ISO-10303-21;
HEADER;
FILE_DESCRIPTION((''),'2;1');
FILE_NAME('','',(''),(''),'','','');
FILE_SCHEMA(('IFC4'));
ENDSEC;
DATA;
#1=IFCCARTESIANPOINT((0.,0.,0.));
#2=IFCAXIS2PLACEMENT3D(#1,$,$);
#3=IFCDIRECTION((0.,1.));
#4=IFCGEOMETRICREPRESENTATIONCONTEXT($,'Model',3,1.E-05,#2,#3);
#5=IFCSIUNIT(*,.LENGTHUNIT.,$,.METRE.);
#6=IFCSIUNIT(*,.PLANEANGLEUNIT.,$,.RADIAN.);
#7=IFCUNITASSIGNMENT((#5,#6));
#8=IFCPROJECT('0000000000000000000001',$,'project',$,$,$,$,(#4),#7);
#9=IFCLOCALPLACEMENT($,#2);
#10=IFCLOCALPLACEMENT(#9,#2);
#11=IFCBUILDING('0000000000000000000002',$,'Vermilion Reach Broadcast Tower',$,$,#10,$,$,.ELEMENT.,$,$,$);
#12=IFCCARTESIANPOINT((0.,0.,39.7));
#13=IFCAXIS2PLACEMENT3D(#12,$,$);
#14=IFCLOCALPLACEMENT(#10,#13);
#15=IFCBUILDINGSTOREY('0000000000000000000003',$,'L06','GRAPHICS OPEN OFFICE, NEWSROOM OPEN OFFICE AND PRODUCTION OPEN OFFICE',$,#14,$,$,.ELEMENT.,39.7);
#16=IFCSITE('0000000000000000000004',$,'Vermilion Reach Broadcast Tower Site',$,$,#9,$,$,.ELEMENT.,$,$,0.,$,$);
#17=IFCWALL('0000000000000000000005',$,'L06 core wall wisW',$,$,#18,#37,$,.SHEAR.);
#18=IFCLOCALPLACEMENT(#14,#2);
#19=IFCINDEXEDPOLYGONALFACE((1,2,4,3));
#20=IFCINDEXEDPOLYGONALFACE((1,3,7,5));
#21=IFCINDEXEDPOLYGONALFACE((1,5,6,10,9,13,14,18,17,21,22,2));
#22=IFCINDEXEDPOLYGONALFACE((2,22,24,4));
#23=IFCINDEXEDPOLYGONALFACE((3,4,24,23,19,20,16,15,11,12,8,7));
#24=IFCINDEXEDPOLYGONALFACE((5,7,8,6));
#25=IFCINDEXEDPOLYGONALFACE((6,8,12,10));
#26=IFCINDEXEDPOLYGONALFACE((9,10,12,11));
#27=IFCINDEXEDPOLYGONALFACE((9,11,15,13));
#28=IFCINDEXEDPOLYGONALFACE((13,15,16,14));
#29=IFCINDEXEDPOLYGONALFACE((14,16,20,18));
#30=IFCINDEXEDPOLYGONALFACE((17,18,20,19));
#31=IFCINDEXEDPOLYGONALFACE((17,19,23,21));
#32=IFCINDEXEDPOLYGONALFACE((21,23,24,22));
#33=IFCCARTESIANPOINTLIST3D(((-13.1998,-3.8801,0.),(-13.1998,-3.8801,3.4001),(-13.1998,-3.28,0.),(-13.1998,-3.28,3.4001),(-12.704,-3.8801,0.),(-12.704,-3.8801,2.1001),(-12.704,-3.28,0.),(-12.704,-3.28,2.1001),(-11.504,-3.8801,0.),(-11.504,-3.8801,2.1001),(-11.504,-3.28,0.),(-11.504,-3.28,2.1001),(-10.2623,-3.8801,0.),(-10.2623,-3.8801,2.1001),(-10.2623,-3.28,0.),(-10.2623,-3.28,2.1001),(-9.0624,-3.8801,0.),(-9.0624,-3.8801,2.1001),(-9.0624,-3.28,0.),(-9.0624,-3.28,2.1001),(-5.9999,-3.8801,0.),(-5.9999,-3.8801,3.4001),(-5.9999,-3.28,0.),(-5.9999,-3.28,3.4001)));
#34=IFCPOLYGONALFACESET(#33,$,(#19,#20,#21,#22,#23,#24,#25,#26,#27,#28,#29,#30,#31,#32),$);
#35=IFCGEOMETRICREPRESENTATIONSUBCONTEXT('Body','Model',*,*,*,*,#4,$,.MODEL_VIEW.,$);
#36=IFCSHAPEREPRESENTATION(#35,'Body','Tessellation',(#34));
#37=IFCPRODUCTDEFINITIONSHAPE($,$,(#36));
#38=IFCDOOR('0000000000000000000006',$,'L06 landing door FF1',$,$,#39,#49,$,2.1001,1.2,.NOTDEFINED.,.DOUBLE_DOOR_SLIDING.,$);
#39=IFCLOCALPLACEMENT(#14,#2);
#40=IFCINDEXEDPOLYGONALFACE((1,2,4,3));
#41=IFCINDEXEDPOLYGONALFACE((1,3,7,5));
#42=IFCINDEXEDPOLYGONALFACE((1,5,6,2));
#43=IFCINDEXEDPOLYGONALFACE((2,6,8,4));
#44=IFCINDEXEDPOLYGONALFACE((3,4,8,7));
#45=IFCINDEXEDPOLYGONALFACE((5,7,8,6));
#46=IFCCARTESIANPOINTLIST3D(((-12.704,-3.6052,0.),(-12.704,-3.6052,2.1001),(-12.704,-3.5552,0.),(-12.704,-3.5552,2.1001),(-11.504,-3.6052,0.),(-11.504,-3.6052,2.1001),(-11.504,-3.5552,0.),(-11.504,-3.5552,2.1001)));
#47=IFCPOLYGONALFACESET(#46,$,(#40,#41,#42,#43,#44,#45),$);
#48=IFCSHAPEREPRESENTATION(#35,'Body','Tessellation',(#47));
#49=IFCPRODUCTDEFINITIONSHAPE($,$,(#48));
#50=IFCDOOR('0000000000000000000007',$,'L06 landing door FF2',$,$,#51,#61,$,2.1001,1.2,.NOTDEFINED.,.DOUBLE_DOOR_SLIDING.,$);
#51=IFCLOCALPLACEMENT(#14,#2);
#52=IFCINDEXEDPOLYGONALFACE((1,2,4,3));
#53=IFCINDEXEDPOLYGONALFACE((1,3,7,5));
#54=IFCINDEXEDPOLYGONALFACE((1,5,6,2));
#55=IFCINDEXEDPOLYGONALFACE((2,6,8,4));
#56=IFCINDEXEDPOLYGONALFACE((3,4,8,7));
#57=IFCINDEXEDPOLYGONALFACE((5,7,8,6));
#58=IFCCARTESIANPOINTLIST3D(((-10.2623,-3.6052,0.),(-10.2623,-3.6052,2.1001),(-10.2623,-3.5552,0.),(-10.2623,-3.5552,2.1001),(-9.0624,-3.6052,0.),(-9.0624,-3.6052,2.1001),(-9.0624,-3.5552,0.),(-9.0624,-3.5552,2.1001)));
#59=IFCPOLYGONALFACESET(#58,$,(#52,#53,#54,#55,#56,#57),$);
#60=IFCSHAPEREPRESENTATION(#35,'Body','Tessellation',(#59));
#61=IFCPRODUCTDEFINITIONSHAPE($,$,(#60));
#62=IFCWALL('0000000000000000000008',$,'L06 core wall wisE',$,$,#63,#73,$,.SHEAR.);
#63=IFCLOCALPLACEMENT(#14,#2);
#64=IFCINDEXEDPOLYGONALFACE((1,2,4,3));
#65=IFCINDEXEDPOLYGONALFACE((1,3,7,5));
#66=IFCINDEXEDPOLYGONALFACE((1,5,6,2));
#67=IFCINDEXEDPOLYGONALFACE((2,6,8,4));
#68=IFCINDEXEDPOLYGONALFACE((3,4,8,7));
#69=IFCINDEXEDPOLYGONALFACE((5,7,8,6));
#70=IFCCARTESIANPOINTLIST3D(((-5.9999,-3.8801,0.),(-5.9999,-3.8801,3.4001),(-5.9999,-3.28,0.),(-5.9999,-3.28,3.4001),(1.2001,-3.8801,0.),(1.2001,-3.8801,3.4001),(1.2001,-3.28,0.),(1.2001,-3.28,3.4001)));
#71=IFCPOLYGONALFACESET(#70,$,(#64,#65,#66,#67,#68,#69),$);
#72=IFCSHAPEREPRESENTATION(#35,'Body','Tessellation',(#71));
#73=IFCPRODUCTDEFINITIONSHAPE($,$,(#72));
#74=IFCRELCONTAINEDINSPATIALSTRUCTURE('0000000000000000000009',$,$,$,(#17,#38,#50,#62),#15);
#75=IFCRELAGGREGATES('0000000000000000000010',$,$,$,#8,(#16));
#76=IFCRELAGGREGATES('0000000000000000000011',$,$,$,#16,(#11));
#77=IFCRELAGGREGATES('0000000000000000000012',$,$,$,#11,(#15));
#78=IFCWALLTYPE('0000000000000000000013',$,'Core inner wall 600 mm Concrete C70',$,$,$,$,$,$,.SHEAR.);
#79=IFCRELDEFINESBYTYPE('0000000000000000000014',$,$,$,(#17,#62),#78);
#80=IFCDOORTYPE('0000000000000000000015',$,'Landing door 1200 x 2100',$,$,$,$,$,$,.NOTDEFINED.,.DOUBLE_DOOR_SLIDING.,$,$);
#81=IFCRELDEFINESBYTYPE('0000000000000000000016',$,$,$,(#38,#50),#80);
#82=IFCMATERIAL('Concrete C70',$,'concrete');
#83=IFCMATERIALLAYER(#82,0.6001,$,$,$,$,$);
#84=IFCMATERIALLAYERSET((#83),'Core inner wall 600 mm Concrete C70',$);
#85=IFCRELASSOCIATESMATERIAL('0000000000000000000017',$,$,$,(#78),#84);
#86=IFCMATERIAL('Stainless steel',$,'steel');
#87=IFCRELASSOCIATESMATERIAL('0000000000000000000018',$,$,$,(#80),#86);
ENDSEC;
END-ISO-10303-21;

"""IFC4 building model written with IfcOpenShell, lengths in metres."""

from ifc_helpers import new_model, si_unit, direction, frame, frame_2d, origin, place, context, subcontext, project, spatial, rectangle, extrude, material, layer, layer_set, type_object, element, fill, save


model = new_model("IFC4")

# Units and contexts
model_context = context("Model", 3, precision=1e-05, world=origin(), true_north=direction((0.0, 1.0)))
body_context = subcontext(model_context, "Body", "Model", "MODEL_VIEW")
ifc_project = project(units=[si_unit("LENGTHUNIT", "METRE"), si_unit("PLANEANGLEUNIT", "RADIAN")], contexts=[model_context])

# Site, building, storey
site_placement = place(None, origin())
site = spatial("IfcSite", under=ifc_project, at=site_placement, Name="Vermilion Reach Broadcast Tower Site", CompositionType="ELEMENT", RefElevation=0.0)
building_placement = place(site_placement, origin())
building = spatial("IfcBuilding", under=site, at=building_placement, Name="Vermilion Reach Broadcast Tower", CompositionType="ELEMENT")
storey_placement = place(building_placement, frame((0.0, 0.0, 39.7)))
storey = spatial("IfcBuildingStorey", under=building, at=storey_placement, Name="L06", Description="GRAPHICS OPEN OFFICE, NEWSROOM OPEN OFFICE AND PRODUCTION OPEN OFFICE", CompositionType="ELEMENT", Elevation=39.7)

# Wall, openings, doors
ifc_material_1 = material(Name="Concrete C70", Category="concrete")
ifc_layer_1 = layer(ifc_material_1, 0.6001)
ifc_layer_set_1 = layer_set([ifc_layer_1], Name="Core inner wall 600 mm Concrete C70")
wall_type_1 = type_object("IfcWallType", Name="Core inner wall 600 mm Concrete C70", PredefinedType="SHEAR", material=ifc_layer_set_1)
wall_1_placement = place(storey_placement, frame((-13.2, -3.5801, 0.0), z_axis=(0.0, 0.0, 1.0), x_axis=(1.0, 0.0, 0.0)))
wall_1 = element("IfcWall", 1, at=wall_1_placement, inside=storey, type_object=wall_type_1, Name="L06 core wall wisW", PredefinedType="SHEAR", context=body_context, shape_type="SweptSolid", body=[
    extrude(rectangle(XDim=7.2, YDim=0.6001, at=frame_2d((3.6001, 0.0))), origin(), (0.0, 0.0, 1.0), 3.4001),
])
opening_1_placement = place(wall_1_placement, frame((0.4958, 0.0, 0.0)))
opening_1 = element("IfcOpeningElement", 2, at=opening_1_placement, cuts=wall_1, PredefinedType="OPENING", context=body_context, shape_type="SweptSolid", body=[
    extrude(rectangle(XDim=1.2, YDim=2.1001, at=frame_2d((0.6001, 1.05))), frame((0.0, 0.3101, 0.0), z_axis=(0.0, -1.0, 0.0), x_axis=(1.0, 0.0, 0.0)), (0.0, 0.0, 1.0), 0.6201),
])
opening_2_placement = place(wall_1_placement, frame((2.9375, 0.0, 0.0)))
opening_2 = element("IfcOpeningElement", 3, at=opening_2_placement, cuts=wall_1, PredefinedType="OPENING", context=body_context, shape_type="SweptSolid", body=[
    extrude(rectangle(XDim=1.2, YDim=2.1001, at=frame_2d((0.6001, 1.05))), frame((0.0, 0.3101, 0.0), z_axis=(0.0, -1.0, 0.0), x_axis=(1.0, 0.0, 0.0)), (0.0, 0.0, 1.0), 0.6201),
])
ifc_material_2 = material(Name="Stainless steel", Category="steel")
door_type_1 = type_object("IfcDoorType", Name="Landing door 1200 x 2100", OperationType="DOUBLE_DOOR_SLIDING", PredefinedType="NOTDEFINED", material=ifc_material_2)
door_1_placement = place(opening_1_placement, origin())
door_1 = element("IfcDoor", 4, at=door_1_placement, inside=storey, type_object=door_type_1, Name="L06 landing door FF1", OperationType="DOUBLE_DOOR_SLIDING", OverallHeight=2.1001, OverallWidth=1.2, PredefinedType="NOTDEFINED", context=body_context, shape_type="SweptSolid", body=[
    extrude(rectangle(XDim=1.2, YDim=2.1001, at=frame_2d((0.6001, 1.05))), frame((0.0, 0.0249, 0.0), z_axis=(0.0, -1.0, 0.0), x_axis=(1.0, 0.0, 0.0)), (0.0, 0.0, 1.0), 0.05),
])
fill(opening_1, door_1)
door_2_placement = place(opening_2_placement, origin())
door_2 = element("IfcDoor", 5, at=door_2_placement, inside=storey, type_object=door_type_1, Name="L06 landing door FF2", OperationType="DOUBLE_DOOR_SLIDING", OverallHeight=2.1001, OverallWidth=1.2, PredefinedType="NOTDEFINED", context=body_context, shape_type="SweptSolid", body=[
    extrude(rectangle(XDim=1.2, YDim=2.1001, at=frame_2d((0.6001, 1.05))), frame((0.0, 0.0249, 0.0), z_axis=(0.0, -1.0, 0.0), x_axis=(1.0, 0.0, 0.0)), (0.0, 0.0, 1.0), 0.05),
])
fill(opening_2, door_2)

# Wall
wall_2_placement = place(storey_placement, frame((-6.0, -3.5801, 0.0), z_axis=(0.0, 0.0, 1.0), x_axis=(1.0, 0.0, 0.0)))
element("IfcWall", 6, at=wall_2_placement, inside=storey, type_object=wall_type_1, Name="L06 core wall wisE", PredefinedType="SHEAR", context=body_context, shape_type="SweptSolid", body=[
    extrude(rectangle(XDim=7.2, YDim=0.6001, at=frame_2d((3.6001, 0.0))), origin(), (0.0, 0.0, 1.0), 3.4001),
])

save(model, "model.ifc")
